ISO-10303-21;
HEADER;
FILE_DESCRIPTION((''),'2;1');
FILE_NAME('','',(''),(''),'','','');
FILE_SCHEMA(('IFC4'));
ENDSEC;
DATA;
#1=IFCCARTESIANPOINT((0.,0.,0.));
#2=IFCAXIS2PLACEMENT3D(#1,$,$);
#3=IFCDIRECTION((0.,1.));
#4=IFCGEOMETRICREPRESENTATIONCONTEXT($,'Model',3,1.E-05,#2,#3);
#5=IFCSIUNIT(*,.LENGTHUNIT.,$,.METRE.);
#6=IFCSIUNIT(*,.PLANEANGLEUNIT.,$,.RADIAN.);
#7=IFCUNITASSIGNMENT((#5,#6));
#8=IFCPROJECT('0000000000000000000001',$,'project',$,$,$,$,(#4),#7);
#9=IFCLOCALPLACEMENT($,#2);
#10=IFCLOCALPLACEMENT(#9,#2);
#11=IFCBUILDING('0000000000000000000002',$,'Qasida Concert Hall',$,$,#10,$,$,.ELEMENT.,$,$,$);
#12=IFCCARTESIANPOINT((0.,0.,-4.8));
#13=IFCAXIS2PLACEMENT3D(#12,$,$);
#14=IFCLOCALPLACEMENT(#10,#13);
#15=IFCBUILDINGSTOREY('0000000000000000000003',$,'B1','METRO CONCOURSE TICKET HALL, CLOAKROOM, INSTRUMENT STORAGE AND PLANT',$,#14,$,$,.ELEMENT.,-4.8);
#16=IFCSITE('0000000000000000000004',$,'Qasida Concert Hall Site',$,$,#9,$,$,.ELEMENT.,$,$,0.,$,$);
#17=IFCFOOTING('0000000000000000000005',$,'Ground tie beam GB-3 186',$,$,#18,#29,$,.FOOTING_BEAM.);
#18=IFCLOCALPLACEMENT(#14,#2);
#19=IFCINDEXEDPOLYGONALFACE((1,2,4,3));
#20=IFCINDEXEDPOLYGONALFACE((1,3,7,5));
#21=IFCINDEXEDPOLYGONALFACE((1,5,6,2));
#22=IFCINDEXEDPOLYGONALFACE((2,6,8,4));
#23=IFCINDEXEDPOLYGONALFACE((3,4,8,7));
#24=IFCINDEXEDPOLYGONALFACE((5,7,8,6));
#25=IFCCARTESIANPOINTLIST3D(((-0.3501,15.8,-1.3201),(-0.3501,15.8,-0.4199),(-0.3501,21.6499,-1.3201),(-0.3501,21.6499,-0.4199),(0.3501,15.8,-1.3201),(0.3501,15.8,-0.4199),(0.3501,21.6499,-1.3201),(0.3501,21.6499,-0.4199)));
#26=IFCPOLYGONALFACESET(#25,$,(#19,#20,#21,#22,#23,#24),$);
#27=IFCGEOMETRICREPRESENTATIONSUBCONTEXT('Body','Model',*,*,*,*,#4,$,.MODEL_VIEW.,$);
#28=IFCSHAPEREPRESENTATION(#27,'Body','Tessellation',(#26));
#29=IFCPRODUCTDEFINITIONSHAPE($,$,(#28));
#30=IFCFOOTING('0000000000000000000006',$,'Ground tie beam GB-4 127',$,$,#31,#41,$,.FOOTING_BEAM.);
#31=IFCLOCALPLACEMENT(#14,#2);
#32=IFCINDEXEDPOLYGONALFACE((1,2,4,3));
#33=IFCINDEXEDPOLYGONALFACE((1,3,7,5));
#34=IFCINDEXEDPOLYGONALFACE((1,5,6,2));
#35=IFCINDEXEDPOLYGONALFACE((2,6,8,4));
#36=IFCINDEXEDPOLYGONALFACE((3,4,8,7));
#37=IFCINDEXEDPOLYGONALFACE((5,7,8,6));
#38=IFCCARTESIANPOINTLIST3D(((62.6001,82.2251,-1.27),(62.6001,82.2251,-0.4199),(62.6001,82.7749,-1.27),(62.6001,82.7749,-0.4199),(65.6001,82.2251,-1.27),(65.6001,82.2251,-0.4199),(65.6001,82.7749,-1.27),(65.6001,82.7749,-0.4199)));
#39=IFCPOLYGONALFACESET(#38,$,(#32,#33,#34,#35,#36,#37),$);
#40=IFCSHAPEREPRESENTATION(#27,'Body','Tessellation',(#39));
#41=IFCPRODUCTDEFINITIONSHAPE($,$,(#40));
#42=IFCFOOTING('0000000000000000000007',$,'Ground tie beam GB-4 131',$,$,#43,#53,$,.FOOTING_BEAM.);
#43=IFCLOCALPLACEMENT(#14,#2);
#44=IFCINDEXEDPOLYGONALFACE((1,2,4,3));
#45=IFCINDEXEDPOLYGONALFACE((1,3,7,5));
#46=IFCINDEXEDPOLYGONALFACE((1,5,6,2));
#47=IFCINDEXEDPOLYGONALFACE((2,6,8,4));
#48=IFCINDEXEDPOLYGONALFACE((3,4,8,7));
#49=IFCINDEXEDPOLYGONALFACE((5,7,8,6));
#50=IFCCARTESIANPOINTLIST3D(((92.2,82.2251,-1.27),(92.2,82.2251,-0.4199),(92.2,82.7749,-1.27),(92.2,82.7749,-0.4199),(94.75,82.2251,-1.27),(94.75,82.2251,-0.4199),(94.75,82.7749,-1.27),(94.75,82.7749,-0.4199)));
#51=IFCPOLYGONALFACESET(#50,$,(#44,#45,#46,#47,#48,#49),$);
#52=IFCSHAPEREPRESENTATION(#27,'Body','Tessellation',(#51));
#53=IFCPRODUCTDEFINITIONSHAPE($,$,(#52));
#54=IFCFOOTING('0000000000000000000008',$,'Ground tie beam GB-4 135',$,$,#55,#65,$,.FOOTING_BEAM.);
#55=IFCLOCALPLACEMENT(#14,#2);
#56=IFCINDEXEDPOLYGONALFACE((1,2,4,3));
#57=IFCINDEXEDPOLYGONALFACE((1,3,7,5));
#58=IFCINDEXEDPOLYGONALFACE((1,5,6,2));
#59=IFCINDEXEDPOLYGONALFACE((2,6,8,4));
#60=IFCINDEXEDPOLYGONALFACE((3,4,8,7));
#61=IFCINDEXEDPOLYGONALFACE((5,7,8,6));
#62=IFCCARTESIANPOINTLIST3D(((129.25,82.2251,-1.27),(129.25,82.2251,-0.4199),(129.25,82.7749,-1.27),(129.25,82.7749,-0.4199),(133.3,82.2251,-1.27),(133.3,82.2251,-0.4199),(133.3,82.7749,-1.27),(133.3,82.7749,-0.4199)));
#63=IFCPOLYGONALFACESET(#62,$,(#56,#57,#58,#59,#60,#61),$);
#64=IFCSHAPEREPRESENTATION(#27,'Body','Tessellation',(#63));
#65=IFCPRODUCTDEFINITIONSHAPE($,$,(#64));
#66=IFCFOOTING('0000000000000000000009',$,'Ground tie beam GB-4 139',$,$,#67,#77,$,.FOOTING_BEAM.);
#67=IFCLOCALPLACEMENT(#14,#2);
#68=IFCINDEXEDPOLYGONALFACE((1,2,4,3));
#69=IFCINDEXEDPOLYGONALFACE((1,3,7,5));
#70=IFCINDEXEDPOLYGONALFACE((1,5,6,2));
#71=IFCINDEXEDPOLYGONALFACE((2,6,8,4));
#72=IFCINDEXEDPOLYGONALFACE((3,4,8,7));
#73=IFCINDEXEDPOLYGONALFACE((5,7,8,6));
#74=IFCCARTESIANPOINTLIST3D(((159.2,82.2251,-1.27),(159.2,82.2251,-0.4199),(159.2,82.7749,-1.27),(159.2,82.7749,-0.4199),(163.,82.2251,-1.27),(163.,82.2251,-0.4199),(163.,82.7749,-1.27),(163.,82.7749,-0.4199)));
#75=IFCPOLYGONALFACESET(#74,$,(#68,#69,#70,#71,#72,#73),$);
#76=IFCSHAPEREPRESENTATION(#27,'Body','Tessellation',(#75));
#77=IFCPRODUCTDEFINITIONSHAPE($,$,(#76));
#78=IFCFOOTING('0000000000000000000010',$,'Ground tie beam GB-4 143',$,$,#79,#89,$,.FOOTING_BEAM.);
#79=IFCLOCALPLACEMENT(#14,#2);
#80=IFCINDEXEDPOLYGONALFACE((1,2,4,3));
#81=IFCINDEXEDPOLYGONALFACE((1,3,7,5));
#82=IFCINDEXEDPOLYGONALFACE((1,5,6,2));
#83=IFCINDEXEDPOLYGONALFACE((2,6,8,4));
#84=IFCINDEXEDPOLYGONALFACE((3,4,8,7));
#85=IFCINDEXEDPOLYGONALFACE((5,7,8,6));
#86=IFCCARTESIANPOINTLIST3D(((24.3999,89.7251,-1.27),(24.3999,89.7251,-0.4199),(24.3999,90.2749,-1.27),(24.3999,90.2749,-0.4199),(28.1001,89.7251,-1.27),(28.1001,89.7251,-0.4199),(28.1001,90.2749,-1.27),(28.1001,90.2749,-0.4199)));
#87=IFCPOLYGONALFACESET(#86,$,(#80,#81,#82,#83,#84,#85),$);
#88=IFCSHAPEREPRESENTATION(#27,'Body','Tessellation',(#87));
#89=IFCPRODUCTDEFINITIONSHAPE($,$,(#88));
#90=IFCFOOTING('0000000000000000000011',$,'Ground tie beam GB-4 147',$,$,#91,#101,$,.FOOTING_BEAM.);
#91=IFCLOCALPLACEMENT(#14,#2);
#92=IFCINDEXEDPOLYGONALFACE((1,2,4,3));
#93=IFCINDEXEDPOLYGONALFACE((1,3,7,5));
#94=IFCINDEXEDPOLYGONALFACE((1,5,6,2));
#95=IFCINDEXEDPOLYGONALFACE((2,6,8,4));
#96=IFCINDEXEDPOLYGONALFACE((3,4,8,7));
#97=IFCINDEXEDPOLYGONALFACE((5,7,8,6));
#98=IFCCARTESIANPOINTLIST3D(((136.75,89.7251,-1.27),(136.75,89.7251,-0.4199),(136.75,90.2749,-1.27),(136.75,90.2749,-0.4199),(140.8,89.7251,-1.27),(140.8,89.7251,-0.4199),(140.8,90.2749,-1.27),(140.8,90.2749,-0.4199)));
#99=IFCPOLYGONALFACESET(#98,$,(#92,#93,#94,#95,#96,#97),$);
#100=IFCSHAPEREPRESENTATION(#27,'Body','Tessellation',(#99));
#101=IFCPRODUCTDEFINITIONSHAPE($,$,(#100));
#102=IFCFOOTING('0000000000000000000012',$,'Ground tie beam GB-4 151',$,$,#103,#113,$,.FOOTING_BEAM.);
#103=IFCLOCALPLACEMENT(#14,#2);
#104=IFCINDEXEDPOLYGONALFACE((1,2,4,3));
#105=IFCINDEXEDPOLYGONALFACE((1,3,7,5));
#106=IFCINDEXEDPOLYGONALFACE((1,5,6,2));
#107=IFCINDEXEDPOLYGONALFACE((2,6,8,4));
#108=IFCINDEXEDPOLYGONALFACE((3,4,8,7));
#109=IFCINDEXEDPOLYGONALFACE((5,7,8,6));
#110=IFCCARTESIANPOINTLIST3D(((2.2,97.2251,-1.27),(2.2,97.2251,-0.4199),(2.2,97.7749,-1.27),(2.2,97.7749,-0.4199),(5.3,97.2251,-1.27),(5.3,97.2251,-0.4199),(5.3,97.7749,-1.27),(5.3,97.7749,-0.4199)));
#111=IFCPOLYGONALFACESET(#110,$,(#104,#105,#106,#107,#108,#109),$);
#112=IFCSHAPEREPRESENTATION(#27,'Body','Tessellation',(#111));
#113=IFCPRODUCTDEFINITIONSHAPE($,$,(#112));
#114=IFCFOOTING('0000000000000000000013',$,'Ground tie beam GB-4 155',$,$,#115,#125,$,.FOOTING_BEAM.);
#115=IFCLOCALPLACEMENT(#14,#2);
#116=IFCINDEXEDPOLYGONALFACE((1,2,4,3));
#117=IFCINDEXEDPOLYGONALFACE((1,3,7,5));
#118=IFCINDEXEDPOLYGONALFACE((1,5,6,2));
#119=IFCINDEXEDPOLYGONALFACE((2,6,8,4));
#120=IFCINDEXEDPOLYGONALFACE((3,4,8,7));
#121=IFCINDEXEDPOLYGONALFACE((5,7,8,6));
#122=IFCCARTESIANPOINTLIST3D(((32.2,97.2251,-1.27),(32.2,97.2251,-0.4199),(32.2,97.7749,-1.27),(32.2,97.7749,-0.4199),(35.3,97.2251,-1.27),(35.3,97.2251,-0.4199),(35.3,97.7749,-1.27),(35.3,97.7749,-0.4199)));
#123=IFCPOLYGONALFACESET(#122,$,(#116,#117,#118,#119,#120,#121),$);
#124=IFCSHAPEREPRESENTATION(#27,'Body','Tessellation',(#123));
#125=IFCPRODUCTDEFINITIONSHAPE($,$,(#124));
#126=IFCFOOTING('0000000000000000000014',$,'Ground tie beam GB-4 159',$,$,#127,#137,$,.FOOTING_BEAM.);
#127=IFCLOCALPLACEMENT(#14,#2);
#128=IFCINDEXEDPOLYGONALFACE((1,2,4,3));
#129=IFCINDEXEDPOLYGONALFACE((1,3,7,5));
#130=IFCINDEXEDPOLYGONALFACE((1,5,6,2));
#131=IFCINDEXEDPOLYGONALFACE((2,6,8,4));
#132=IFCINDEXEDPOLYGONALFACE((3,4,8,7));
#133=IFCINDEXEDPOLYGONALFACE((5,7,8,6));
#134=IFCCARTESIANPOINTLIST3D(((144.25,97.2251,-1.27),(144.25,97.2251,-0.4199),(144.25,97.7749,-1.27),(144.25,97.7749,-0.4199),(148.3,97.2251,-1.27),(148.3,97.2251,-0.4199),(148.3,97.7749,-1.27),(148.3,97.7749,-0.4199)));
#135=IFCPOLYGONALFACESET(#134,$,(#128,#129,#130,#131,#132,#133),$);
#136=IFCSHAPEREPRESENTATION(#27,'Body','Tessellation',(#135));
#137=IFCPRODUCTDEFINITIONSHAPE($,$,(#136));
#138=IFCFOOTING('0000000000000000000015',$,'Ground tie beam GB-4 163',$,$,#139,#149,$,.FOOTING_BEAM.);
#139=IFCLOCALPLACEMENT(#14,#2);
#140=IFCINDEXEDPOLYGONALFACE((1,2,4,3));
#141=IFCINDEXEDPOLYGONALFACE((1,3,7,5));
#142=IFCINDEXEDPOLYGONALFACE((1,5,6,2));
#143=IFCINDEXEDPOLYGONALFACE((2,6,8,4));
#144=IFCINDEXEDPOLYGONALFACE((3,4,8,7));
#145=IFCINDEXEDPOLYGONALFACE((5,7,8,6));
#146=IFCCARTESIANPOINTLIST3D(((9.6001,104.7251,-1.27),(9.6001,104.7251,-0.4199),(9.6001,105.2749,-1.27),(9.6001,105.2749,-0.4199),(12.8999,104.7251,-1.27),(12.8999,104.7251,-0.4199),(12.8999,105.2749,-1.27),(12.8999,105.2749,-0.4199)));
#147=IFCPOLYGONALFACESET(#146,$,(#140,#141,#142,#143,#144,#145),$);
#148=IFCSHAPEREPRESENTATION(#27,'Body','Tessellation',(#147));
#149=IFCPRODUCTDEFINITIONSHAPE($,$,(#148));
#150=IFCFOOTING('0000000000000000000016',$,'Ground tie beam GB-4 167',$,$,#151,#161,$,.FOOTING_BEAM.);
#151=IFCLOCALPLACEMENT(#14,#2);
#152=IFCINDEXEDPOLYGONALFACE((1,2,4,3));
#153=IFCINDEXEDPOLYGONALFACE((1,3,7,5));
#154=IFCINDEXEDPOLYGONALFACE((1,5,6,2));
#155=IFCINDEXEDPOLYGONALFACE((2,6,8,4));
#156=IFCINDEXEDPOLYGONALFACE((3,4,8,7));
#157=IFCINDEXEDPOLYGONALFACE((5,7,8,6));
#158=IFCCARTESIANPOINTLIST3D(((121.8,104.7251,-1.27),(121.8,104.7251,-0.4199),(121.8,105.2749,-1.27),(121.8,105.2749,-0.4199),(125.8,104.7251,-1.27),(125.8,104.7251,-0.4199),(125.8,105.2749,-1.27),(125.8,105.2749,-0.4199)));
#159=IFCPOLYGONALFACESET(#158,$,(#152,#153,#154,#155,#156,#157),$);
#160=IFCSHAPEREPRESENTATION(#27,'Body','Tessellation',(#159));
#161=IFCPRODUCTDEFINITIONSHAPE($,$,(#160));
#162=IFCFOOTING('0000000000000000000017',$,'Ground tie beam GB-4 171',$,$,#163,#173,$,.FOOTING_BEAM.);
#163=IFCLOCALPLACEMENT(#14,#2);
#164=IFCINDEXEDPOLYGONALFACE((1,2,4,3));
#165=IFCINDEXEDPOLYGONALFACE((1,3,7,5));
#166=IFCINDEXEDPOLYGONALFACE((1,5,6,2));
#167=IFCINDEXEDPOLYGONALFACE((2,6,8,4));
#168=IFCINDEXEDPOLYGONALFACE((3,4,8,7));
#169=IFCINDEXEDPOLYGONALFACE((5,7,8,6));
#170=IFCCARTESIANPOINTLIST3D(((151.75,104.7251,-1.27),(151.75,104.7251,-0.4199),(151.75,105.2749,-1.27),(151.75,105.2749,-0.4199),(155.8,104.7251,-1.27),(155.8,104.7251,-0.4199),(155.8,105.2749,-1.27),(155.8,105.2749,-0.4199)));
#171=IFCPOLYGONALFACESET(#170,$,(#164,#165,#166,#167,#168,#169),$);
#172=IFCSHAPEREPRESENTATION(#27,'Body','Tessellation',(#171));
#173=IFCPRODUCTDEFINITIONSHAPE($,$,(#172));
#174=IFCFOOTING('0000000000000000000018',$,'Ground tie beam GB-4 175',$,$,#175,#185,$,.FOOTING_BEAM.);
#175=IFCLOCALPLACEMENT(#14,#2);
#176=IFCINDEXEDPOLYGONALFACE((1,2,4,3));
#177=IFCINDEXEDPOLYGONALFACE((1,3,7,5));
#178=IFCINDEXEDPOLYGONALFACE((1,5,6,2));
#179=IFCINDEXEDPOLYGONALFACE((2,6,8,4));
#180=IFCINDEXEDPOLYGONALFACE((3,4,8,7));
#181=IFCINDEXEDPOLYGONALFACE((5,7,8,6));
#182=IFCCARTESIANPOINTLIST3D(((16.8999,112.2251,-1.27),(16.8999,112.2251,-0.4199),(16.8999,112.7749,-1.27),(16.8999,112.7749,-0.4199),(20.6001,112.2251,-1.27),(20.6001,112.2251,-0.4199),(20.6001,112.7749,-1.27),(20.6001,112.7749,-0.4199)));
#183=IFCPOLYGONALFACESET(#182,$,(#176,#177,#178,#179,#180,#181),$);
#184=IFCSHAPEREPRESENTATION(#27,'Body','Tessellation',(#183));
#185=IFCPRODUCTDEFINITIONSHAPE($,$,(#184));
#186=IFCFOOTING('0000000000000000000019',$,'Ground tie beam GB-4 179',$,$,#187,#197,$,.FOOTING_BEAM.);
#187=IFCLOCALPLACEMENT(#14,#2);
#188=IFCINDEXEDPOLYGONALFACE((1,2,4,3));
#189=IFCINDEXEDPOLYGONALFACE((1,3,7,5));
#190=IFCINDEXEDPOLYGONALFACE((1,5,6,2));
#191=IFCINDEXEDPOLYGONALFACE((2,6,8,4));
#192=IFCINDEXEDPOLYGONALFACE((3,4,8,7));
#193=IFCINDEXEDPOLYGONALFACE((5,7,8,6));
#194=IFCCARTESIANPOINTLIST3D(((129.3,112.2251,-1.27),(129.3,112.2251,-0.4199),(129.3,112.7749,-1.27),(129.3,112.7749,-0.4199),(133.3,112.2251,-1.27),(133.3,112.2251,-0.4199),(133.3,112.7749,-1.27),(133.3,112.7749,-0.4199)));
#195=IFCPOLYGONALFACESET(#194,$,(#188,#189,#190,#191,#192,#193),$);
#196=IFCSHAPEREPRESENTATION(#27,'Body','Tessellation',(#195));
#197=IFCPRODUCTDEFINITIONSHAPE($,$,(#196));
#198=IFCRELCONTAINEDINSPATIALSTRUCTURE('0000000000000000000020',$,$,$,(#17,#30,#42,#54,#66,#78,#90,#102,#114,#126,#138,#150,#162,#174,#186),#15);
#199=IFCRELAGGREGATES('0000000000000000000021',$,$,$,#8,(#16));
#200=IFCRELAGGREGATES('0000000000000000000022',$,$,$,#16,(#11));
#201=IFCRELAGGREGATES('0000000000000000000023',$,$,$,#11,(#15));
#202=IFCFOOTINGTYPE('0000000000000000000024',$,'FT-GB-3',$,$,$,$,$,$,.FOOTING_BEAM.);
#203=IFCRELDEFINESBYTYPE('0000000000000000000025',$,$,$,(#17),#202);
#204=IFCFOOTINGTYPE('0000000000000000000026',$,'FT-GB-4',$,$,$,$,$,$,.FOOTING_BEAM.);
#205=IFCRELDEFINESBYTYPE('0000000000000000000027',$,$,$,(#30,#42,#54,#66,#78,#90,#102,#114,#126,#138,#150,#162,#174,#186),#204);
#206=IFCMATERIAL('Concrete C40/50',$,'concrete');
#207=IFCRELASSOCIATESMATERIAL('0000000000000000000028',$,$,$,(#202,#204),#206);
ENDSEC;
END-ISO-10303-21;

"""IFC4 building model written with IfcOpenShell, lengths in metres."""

from ifc_helpers import new_model, si_unit, direction, frame, origin, place, context, subcontext, project, spatial, polyline, outline, extrude, material, type_object, element, save


model = new_model("IFC4")

# Units and contexts
model_context = context("Model", 3, precision=1e-05, world=origin(), true_north=direction((0.0, 1.0)))
body_context = subcontext(model_context, "Body", "Model", "MODEL_VIEW")
ifc_project = project(units=[si_unit("LENGTHUNIT", "METRE"), si_unit("PLANEANGLEUNIT", "RADIAN")], contexts=[model_context])

# Site, building, storey
site_placement = place(None, origin())
site = spatial("IfcSite", under=ifc_project, at=site_placement, Name="Qasida Concert Hall Site", CompositionType="ELEMENT", RefElevation=0.0)
building_placement = place(site_placement, origin())
building = spatial("IfcBuilding", under=site, at=building_placement, Name="Qasida Concert Hall", CompositionType="ELEMENT")
storey_placement = place(building_placement, frame((0.0, 0.0, -4.8)))
storey = spatial("IfcBuildingStorey", under=building, at=storey_placement, Name="B1", Description="METRO CONCOURSE TICKET HALL, CLOAKROOM, INSTRUMENT STORAGE AND PLANT", CompositionType="ELEMENT", Elevation=-4.8)

# Footings
ifc_material = material(Name="Concrete C40/50", Category="concrete")
footing_type_1 = type_object("IfcFootingType", Name="FT-GB-3", PredefinedType="FOOTING_BEAM", material=ifc_material)
footing_1_placement = place(storey_placement, frame((0.0, 0.0, -1.3201)))
element("IfcFooting", 1, at=footing_1_placement, inside=storey, type_object=footing_type_1, Name="Ground tie beam GB-3 186", PredefinedType="FOOTING_BEAM", context=body_context, shape_type="SweptSolid", body=[
    extrude(outline(polyline([(-0.3501, 15.8), (0.3501, 15.8), (0.3501, 21.6499), (-0.3501, 21.6499), (-0.3501, 15.8)])), origin(), (0.0, 0.0, 1.0), 0.9001),
])
footing_type_2 = type_object("IfcFootingType", Name="FT-GB-4", PredefinedType="FOOTING_BEAM", material=ifc_material)
footing_2_placement = place(storey_placement, frame((0.0, 0.0, -1.27)))
element("IfcFooting", 2, at=footing_2_placement, inside=storey, type_object=footing_type_2, Name="Ground tie beam GB-4 127", PredefinedType="FOOTING_BEAM", context=body_context, shape_type="SweptSolid", body=[
    extrude(outline(polyline([(62.6001, 82.2251), (65.6001, 82.2251), (65.6001, 82.7749), (62.6001, 82.7749), (62.6001, 82.2251)])), origin(), (0.0, 0.0, 1.0), 0.8501),
])
footing_3_placement = place(storey_placement, frame((0.0, 0.0, -1.27)))
element("IfcFooting", 3, at=footing_3_placement, inside=storey, type_object=footing_type_2, Name="Ground tie beam GB-4 131", PredefinedType="FOOTING_BEAM", context=body_context, shape_type="SweptSolid", body=[
    extrude(outline(polyline([(92.2, 82.2251), (94.75, 82.2251), (94.75, 82.7749), (92.2, 82.7749), (92.2, 82.2251)])), origin(), (0.0, 0.0, 1.0), 0.8501),
])
footing_4_placement = place(storey_placement, frame((0.0, 0.0, -1.27)))
element("IfcFooting", 4, at=footing_4_placement, inside=storey, type_object=footing_type_2, Name="Ground tie beam GB-4 135", PredefinedType="FOOTING_BEAM", context=body_context, shape_type="SweptSolid", body=[
    extrude(outline(polyline([(129.25, 82.2251), (133.3, 82.2251), (133.3, 82.7749), (129.25, 82.7749), (129.25, 82.2251)])), origin(), (0.0, 0.0, 1.0), 0.8501),
])
footing_5_placement = place(storey_placement, frame((0.0, 0.0, -1.27)))
element("IfcFooting", 5, at=footing_5_placement, inside=storey, type_object=footing_type_2, Name="Ground tie beam GB-4 139", PredefinedType="FOOTING_BEAM", context=body_context, shape_type="SweptSolid", body=[
    extrude(outline(polyline([(159.2, 82.2251), (163.0, 82.2251), (163.0, 82.7749), (159.2, 82.7749), (159.2, 82.2251)])), origin(), (0.0, 0.0, 1.0), 0.8501),
])
footing_6_placement = place(storey_placement, frame((0.0, 0.0, -1.27)))
element("IfcFooting", 6, at=footing_6_placement, inside=storey, type_object=footing_type_2, Name="Ground tie beam GB-4 143", PredefinedType="FOOTING_BEAM", context=body_context, shape_type="SweptSolid", body=[
    extrude(outline(polyline([(24.3999, 89.7251), (28.1001, 89.7251), (28.1001, 90.2749), (24.3999, 90.2749), (24.3999, 89.7251)])), origin(), (0.0, 0.0, 1.0), 0.8501),
])
footing_7_placement = place(storey_placement, frame((0.0, 0.0, -1.27)))
element("IfcFooting", 7, at=footing_7_placement, inside=storey, type_object=footing_type_2, Name="Ground tie beam GB-4 147", PredefinedType="FOOTING_BEAM", context=body_context, shape_type="SweptSolid", body=[
    extrude(outline(polyline([(136.75, 89.7251), (140.8, 89.7251), (140.8, 90.2749), (136.75, 90.2749), (136.75, 89.7251)])), origin(), (0.0, 0.0, 1.0), 0.8501),
])
footing_8_placement = place(storey_placement, frame((0.0, 0.0, -1.27)))
element("IfcFooting", 8, at=footing_8_placement, inside=storey, type_object=footing_type_2, Name="Ground tie beam GB-4 151", PredefinedType="FOOTING_BEAM", context=body_context, shape_type="SweptSolid", body=[
    extrude(outline(polyline([(2.2, 97.2251), (5.3, 97.2251), (5.3, 97.7749), (2.2, 97.7749), (2.2, 97.2251)])), origin(), (0.0, 0.0, 1.0), 0.8501),
])
footing_9_placement = place(storey_placement, frame((0.0, 0.0, -1.27)))
element("IfcFooting", 9, at=footing_9_placement, inside=storey, type_object=footing_type_2, Name="Ground tie beam GB-4 155", PredefinedType="FOOTING_BEAM", context=body_context, shape_type="SweptSolid", body=[
    extrude(outline(polyline([(32.2, 97.2251), (35.3, 97.2251), (35.3, 97.7749), (32.2, 97.7749), (32.2, 97.2251)])), origin(), (0.0, 0.0, 1.0), 0.8501),
])
footing_10_placement = place(storey_placement, frame((0.0, 0.0, -1.27)))
element("IfcFooting", 10, at=footing_10_placement, inside=storey, type_object=footing_type_2, Name="Ground tie beam GB-4 159", PredefinedType="FOOTING_BEAM", context=body_context, shape_type="SweptSolid", body=[
    extrude(outline(polyline([(144.25, 97.2251), (148.3, 97.2251), (148.3, 97.7749), (144.25, 97.7749), (144.25, 97.2251)])), origin(), (0.0, 0.0, 1.0), 0.8501),
])
footing_11_placement = place(storey_placement, frame((0.0, 0.0, -1.27)))
element("IfcFooting", 11, at=footing_11_placement, inside=storey, type_object=footing_type_2, Name="Ground tie beam GB-4 163", PredefinedType="FOOTING_BEAM", context=body_context, shape_type="SweptSolid", body=[
    extrude(outline(polyline([(9.6001, 104.7251), (12.8999, 104.7251), (12.8999, 105.2749), (9.6001, 105.2749), (9.6001, 104.7251)])), origin(), (0.0, 0.0, 1.0), 0.8501),
])
footing_12_placement = place(storey_placement, frame((0.0, 0.0, -1.27)))
element("IfcFooting", 12, at=footing_12_placement, inside=storey, type_object=footing_type_2, Name="Ground tie beam GB-4 167", PredefinedType="FOOTING_BEAM", context=body_context, shape_type="SweptSolid", body=[
    extrude(outline(polyline([(121.8, 104.7251), (125.8, 104.7251), (125.8, 105.2749), (121.8, 105.2749), (121.8, 104.7251)])), origin(), (0.0, 0.0, 1.0), 0.8501),
])
footing_13_placement = place(storey_placement, frame((0.0, 0.0, -1.27)))
element("IfcFooting", 13, at=footing_13_placement, inside=storey, type_object=footing_type_2, Name="Ground tie beam GB-4 171", PredefinedType="FOOTING_BEAM", context=body_context, shape_type="SweptSolid", body=[
    extrude(outline(polyline([(151.75, 104.7251), (155.8, 104.7251), (155.8, 105.2749), (151.75, 105.2749), (151.75, 104.7251)])), origin(), (0.0, 0.0, 1.0), 0.8501),
])
footing_14_placement = place(storey_placement, frame((0.0, 0.0, -1.27)))
element("IfcFooting", 14, at=footing_14_placement, inside=storey, type_object=footing_type_2, Name="Ground tie beam GB-4 175", PredefinedType="FOOTING_BEAM", context=body_context, shape_type="SweptSolid", body=[
    extrude(outline(polyline([(16.8999, 112.2251), (20.6001, 112.2251), (20.6001, 112.7749), (16.8999, 112.7749), (16.8999, 112.2251)])), origin(), (0.0, 0.0, 1.0), 0.8501),
])
footing_15_placement = place(storey_placement, frame((0.0, 0.0, -1.27)))
element("IfcFooting", 15, at=footing_15_placement, inside=storey, type_object=footing_type_2, Name="Ground tie beam GB-4 179", PredefinedType="FOOTING_BEAM", context=body_context, shape_type="SweptSolid", body=[
    extrude(outline(polyline([(129.3, 112.2251), (133.3, 112.2251), (133.3, 112.7749), (129.3, 112.7749), (129.3, 112.2251)])), origin(), (0.0, 0.0, 1.0), 0.8501),
])

save(model, "model.ifc")
